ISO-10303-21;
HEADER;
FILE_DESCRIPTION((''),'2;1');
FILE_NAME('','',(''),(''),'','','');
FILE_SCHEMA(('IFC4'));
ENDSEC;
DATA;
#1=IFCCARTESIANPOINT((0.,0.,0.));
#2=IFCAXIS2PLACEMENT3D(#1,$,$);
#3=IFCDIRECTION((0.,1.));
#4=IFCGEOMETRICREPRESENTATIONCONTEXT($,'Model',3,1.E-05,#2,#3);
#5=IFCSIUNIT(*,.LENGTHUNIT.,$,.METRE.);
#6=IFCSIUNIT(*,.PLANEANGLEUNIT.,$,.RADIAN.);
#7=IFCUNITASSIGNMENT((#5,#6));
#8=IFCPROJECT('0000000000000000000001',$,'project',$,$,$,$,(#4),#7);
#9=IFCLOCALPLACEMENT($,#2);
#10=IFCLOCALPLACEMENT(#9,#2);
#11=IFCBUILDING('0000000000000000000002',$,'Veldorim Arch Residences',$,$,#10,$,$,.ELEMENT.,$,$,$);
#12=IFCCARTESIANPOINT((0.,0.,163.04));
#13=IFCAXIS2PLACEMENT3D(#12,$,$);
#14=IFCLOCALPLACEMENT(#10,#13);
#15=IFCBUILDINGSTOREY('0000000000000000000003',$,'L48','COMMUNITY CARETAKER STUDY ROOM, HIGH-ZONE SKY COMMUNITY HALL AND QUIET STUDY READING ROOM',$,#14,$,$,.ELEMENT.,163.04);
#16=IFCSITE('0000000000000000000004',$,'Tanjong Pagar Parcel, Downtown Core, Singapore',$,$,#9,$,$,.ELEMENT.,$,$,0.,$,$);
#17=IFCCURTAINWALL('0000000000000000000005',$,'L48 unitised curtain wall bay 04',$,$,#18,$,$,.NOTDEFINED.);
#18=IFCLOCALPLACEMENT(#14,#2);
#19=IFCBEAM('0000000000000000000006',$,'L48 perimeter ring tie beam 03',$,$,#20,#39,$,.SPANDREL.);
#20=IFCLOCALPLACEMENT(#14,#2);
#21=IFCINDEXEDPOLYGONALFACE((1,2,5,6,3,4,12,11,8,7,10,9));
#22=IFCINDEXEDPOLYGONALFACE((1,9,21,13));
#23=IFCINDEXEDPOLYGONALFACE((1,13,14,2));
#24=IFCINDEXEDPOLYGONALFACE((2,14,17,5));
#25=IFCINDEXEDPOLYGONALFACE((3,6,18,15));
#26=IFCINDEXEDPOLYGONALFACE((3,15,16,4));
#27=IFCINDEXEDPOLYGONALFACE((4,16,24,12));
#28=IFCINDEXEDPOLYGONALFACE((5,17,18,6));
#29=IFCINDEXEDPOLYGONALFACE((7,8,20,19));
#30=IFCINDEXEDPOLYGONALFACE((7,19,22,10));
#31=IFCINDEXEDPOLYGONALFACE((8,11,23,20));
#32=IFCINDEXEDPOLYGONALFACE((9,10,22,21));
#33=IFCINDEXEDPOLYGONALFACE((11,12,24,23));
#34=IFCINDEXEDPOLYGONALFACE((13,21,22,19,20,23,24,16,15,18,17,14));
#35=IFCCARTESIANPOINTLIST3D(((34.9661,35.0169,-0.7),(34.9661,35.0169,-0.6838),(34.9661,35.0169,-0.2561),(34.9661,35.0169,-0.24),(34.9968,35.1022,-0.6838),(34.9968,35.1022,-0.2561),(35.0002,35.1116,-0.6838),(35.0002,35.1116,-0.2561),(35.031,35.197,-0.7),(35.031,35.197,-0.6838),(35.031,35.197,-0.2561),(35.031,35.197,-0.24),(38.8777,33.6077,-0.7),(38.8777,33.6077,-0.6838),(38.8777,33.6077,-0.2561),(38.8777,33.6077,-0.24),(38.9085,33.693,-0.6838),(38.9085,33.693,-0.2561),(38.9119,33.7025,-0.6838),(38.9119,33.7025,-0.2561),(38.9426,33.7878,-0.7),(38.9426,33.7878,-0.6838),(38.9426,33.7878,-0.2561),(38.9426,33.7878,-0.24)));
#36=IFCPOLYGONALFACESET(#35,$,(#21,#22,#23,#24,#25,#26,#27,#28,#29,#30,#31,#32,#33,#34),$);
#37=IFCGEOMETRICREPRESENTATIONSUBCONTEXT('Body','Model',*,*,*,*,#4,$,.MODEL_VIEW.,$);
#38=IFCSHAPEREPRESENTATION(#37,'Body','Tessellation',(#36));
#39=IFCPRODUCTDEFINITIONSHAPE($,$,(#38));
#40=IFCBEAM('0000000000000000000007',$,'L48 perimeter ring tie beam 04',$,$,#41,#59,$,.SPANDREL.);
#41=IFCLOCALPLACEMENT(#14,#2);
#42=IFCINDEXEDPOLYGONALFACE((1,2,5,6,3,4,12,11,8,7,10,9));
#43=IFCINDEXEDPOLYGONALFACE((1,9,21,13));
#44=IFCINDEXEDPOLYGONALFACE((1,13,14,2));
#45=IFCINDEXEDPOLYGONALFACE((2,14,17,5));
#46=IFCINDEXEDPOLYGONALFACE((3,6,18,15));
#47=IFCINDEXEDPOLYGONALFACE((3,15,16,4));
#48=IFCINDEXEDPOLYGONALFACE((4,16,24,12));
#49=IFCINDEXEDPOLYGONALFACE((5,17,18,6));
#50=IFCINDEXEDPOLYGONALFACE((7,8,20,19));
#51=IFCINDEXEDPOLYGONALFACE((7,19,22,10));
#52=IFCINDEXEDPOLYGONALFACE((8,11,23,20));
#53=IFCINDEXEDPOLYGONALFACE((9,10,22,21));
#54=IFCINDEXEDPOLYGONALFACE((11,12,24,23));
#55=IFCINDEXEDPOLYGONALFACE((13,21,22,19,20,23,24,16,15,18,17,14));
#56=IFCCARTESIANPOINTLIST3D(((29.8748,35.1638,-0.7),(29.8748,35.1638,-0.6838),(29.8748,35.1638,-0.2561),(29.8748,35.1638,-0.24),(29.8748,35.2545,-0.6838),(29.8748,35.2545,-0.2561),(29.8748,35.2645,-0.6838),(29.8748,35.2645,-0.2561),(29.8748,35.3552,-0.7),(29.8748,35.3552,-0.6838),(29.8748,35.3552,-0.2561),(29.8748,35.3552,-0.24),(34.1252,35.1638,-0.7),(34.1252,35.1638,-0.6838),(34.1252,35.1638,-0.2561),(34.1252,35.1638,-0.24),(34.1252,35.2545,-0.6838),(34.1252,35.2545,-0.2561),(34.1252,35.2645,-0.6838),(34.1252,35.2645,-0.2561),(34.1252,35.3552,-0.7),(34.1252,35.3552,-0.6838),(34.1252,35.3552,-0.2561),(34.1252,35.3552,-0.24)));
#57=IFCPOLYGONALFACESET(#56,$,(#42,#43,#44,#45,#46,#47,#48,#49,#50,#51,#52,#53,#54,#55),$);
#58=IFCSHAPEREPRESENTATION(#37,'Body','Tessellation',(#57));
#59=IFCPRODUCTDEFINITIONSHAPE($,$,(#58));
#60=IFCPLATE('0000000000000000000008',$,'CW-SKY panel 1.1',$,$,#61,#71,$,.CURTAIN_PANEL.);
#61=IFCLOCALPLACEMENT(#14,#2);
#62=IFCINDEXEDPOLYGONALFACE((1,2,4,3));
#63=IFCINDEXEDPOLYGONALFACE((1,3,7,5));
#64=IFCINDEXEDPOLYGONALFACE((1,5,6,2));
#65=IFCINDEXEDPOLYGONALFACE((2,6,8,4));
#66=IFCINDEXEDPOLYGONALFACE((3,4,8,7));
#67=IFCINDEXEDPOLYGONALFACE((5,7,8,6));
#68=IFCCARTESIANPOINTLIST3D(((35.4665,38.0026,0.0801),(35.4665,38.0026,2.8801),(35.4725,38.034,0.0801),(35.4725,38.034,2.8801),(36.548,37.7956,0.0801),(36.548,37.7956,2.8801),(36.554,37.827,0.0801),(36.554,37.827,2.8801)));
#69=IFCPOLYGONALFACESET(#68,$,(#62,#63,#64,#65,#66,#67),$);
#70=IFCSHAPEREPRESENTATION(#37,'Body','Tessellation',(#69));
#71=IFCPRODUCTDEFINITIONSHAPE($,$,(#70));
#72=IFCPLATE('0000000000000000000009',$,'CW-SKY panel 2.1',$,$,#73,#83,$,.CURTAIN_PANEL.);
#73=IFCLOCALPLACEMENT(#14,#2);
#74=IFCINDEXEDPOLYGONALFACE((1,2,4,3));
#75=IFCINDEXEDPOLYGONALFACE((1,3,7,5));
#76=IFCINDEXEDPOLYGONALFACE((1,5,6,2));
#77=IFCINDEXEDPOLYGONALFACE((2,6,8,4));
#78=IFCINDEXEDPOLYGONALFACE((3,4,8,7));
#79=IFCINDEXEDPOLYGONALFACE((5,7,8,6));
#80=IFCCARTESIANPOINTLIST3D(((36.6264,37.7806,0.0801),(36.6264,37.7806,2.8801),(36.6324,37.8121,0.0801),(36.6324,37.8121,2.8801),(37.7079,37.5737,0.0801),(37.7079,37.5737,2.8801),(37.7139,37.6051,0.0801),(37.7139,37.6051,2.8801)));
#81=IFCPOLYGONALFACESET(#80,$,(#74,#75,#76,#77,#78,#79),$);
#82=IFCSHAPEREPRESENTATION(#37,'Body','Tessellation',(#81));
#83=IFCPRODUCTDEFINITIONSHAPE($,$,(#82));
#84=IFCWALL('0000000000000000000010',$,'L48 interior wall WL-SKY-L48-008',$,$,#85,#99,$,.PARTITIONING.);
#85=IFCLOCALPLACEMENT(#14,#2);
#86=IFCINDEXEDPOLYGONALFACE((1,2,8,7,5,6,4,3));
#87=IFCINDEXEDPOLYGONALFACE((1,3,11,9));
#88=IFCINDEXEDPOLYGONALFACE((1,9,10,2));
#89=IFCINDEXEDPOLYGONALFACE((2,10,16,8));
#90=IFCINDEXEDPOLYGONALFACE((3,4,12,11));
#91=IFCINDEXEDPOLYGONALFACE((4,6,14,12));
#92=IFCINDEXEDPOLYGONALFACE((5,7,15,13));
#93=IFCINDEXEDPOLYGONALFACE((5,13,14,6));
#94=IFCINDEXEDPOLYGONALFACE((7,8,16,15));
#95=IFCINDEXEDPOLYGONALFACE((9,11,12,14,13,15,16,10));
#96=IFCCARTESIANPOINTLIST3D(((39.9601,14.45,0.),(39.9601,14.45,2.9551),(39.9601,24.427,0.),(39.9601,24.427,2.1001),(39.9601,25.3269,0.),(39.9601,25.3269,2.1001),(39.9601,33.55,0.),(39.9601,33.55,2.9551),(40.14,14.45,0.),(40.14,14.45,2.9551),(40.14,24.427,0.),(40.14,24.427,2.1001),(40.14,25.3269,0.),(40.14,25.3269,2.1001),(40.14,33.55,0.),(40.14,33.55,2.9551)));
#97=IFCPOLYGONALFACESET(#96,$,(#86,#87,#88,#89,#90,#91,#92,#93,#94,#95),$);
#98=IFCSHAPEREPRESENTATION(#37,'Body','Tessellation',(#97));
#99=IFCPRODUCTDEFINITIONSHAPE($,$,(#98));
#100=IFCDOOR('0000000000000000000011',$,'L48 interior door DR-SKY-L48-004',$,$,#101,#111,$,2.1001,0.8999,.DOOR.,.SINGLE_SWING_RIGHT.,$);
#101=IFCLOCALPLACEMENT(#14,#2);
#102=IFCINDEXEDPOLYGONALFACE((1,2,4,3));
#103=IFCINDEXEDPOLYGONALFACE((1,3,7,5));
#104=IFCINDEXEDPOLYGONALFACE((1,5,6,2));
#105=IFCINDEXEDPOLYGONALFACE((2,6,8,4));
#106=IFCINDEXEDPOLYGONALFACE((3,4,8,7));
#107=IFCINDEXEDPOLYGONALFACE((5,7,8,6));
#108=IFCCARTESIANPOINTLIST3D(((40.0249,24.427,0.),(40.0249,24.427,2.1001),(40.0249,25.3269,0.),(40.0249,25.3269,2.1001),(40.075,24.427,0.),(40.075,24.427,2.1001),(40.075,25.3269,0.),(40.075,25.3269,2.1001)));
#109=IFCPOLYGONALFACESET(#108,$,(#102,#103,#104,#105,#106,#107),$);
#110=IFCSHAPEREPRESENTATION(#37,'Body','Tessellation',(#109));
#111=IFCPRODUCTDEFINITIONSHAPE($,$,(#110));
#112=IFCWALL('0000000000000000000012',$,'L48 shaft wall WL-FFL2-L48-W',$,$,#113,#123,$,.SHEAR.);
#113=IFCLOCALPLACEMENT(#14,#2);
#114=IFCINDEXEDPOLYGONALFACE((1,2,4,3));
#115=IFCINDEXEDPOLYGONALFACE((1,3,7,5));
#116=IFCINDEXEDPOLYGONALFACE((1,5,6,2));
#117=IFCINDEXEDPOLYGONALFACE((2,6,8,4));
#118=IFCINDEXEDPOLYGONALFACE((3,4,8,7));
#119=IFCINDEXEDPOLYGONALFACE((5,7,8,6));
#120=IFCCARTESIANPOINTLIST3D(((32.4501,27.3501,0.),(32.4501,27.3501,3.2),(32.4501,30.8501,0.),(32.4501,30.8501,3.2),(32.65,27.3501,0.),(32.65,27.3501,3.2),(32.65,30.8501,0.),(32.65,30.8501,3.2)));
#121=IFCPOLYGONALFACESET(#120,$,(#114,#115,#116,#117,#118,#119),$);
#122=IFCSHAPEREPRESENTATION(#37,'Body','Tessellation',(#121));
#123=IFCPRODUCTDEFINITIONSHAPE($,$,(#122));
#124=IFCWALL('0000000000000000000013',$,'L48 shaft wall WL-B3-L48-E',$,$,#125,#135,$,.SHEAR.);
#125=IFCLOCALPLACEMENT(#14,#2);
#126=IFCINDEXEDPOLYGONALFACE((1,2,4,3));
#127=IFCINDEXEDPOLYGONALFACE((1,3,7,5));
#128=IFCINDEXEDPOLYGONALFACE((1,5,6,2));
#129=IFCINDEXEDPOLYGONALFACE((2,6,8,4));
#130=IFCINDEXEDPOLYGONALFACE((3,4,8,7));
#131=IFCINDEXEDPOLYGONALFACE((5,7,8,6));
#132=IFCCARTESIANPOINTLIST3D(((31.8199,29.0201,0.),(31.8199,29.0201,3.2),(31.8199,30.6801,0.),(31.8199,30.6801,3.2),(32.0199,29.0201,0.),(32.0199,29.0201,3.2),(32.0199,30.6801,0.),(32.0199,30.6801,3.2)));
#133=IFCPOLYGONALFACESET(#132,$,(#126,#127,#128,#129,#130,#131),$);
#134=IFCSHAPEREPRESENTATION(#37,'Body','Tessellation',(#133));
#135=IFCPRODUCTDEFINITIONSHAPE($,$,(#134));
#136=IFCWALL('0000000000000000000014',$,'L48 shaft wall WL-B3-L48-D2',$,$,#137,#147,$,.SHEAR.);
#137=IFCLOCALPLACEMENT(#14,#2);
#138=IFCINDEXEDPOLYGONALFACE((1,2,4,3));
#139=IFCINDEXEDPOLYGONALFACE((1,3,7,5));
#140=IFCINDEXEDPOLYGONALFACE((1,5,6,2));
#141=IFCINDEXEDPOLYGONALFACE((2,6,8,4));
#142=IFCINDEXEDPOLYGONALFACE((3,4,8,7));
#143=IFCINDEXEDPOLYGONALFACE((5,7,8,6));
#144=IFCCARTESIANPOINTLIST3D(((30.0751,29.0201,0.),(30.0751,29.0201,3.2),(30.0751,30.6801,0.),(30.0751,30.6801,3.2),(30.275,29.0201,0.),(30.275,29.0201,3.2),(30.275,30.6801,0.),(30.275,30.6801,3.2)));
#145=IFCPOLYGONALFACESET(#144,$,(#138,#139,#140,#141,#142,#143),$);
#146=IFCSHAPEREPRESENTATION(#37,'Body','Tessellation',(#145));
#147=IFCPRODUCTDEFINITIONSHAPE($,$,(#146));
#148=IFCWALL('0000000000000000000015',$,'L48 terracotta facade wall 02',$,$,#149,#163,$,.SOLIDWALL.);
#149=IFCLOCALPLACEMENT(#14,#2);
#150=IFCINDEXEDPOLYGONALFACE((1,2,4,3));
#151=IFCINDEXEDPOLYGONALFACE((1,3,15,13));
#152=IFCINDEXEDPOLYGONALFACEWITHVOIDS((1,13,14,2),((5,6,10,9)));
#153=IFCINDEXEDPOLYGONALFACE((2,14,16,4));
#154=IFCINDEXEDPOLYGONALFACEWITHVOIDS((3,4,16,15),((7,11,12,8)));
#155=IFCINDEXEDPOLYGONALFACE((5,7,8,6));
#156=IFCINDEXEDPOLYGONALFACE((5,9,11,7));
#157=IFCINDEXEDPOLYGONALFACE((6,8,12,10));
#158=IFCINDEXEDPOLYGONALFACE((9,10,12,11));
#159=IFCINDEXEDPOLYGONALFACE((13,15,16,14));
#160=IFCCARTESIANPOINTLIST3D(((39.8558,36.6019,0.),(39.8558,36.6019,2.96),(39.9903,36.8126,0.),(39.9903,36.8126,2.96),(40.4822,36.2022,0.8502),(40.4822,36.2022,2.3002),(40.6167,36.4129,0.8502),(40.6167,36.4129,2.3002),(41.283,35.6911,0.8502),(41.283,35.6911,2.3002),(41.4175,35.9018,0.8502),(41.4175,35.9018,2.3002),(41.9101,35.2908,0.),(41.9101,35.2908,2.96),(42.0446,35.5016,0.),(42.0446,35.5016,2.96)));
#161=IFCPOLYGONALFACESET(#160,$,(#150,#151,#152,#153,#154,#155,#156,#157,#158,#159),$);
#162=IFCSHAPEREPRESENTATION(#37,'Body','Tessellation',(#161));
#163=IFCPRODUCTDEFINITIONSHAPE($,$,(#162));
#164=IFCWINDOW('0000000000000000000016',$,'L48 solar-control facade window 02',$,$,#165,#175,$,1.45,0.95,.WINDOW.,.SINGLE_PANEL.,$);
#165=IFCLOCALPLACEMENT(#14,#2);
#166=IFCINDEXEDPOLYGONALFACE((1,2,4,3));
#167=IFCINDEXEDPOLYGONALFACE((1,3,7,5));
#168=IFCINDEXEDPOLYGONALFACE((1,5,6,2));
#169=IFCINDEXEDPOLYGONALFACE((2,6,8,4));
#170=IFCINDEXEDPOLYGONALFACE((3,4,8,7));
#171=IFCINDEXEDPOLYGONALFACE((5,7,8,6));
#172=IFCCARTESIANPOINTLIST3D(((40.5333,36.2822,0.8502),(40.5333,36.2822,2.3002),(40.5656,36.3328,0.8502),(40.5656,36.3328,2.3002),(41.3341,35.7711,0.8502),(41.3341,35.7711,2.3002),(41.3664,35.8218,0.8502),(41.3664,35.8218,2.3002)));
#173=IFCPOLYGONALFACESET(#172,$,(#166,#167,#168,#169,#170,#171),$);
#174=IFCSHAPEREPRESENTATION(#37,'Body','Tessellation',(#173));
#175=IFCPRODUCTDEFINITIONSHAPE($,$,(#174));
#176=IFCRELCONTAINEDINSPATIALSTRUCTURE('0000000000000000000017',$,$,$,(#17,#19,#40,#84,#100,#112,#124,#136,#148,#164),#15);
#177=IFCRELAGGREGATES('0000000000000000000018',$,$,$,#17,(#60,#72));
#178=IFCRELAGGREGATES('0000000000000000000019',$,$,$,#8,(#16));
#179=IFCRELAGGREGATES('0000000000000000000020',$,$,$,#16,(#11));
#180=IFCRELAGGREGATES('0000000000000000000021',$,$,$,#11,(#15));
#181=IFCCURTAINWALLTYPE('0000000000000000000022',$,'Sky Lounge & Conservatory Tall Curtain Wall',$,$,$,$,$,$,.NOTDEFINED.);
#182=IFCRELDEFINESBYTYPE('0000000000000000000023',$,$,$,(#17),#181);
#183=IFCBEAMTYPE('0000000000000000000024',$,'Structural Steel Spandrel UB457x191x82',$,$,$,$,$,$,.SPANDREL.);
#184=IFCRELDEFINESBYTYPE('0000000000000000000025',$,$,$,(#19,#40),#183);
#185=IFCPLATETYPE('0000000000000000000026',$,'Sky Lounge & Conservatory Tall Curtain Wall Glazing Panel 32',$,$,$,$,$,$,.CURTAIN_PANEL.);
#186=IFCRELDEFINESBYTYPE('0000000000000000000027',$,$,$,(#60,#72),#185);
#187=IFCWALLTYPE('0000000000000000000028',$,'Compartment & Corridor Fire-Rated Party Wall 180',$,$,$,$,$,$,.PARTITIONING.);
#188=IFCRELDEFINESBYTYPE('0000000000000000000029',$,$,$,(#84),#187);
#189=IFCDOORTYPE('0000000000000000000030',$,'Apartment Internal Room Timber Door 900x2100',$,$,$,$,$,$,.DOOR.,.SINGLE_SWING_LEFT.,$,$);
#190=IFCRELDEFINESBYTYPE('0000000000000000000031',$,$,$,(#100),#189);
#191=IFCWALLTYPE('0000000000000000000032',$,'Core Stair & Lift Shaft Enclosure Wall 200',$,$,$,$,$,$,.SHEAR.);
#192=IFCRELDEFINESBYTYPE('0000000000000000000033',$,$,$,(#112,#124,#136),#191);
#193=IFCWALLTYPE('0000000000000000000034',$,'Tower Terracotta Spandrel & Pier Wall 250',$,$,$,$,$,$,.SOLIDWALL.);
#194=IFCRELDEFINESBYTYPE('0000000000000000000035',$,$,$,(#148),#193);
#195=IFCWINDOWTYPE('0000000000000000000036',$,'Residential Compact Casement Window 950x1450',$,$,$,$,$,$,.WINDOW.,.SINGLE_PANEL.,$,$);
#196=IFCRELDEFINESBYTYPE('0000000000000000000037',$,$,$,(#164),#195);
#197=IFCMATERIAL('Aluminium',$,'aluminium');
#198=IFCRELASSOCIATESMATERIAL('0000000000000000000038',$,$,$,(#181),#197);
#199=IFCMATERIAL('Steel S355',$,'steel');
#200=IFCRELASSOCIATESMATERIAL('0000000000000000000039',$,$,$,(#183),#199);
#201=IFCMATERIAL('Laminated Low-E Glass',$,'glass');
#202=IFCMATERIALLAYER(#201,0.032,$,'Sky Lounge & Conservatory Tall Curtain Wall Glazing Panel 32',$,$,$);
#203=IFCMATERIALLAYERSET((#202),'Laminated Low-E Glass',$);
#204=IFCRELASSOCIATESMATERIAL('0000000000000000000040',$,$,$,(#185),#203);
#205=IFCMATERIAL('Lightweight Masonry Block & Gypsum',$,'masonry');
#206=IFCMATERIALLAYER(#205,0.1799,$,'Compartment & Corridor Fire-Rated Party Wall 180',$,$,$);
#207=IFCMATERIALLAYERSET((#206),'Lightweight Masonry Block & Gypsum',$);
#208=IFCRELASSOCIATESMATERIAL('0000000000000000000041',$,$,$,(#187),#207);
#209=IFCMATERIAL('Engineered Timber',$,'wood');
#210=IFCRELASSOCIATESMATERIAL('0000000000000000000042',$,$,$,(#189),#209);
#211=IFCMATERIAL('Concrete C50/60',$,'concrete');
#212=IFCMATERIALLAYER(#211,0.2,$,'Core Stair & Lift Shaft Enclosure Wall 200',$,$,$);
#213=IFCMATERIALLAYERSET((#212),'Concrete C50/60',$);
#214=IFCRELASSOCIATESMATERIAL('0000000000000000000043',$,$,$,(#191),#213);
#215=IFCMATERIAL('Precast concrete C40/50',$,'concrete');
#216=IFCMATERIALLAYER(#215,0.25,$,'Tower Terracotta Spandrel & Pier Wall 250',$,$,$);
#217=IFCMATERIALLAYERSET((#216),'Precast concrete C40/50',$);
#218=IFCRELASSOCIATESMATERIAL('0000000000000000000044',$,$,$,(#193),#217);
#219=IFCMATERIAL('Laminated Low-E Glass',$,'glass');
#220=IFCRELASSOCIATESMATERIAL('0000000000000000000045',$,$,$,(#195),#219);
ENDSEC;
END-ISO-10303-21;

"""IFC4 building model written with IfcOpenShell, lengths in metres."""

from ifc_helpers import new_model, si_unit, direction, frame, frame_2d, origin, origin_2d, place, context, subcontext, project, spatial, rectangle, i_section, extrude, material, layer, layer_set, material_profile, profile_set, type_object, element, fill, aggregate, save


model = new_model("IFC4")

# Units and contexts
model_context = context("Model", 3, precision=1e-05, world=origin(), true_north=direction((0.0, 1.0)))
body_context = subcontext(model_context, "Body", "Model", "MODEL_VIEW")
ifc_project = project(units=[si_unit("LENGTHUNIT", "METRE"), si_unit("PLANEANGLEUNIT", "RADIAN")], contexts=[model_context])

# Site, building, storey
site_placement = place(None, origin())
site = spatial("IfcSite", under=ifc_project, at=site_placement, Name="Tanjong Pagar Parcel, Downtown Core, Singapore", CompositionType="ELEMENT", RefElevation=0.0)
building_placement = place(site_placement, origin())
building = spatial("IfcBuilding", under=site, at=building_placement, Name="Veldorim Arch Residences", CompositionType="ELEMENT")
storey_placement = place(building_placement, frame((0.0, 0.0, 163.04)))
storey = spatial("IfcBuildingStorey", under=building, at=storey_placement, Name="L48", Description="COMMUNITY CARETAKER STUDY ROOM, HIGH-ZONE SKY COMMUNITY HALL AND QUIET STUDY READING ROOM", CompositionType="ELEMENT", Elevation=163.04)

# Curtain wall
ifc_material_1 = material(Name="Aluminium", Category="aluminium")
curtain_wall_type = type_object("IfcCurtainWallType", Name="Sky Lounge & Conservatory Tall Curtain Wall", PredefinedType="NOTDEFINED", material=ifc_material_1)
curtain_wall_1_placement = place(storey_placement, origin())
curtain_wall_1 = element("IfcCurtainWall", 1, at=curtain_wall_1_placement, inside=storey, type_object=curtain_wall_type, Name="L48 unitised curtain wall bay 04", PredefinedType="NOTDEFINED")

# Beams
ifc_material_2 = material(Name="Steel S355", Category="steel")
ifc_material_profile_1 = material_profile(ifc_material_2, i_section(OverallWidth=0.1914, OverallDepth=0.46, WebThickness=0.01, FlangeThickness=0.0161, at=origin_2d()), Name="UB457x191x82")
ifc_profile_set_1 = profile_set([ifc_material_profile_1], Name="Steel S355")
beam_type = type_object("IfcBeamType", Name="Structural Steel Spandrel UB457x191x82", PredefinedType="SPANDREL", material=ifc_profile_set_1)
beam_1_placement = place(storey_placement, frame((38.9102, 33.6978, -0.47), z_axis=(-0.940811, 0.338932, 0.0), x_axis=(-0.338932, -0.940811, 0.0)))
element("IfcBeam", 2, at=beam_1_placement, inside=storey, type_object=beam_type, Name="L48 perimeter ring tie beam 03", PredefinedType="SPANDREL", context=body_context, shape_type="SweptSolid", body=[
    extrude(i_section(OverallWidth=0.1914, OverallDepth=0.46, WebThickness=0.01, FlangeThickness=0.0161, at=origin_2d()), origin(), (0.0, 0.0, 1.0), 4.1577),
])
beam_2_placement = place(storey_placement, frame((34.1252, 35.2595, -0.47), z_axis=(-1.0, 0.0, 0.0), x_axis=(0.0, -1.0, 0.0)))
element("IfcBeam", 3, at=beam_2_placement, inside=storey, type_object=beam_type, Name="L48 perimeter ring tie beam 04", PredefinedType="SPANDREL", context=body_context, shape_type="SweptSolid", body=[
    extrude(i_section(OverallWidth=0.1914, OverallDepth=0.46, WebThickness=0.01, FlangeThickness=0.0161, at=origin_2d()), origin(), (0.0, 0.0, 1.0), 4.2505),
])

# Plates
ifc_material_3 = material(Name="Laminated Low-E Glass", Category="glass")
ifc_layer_1 = layer(ifc_material_3, 0.032, Name="Sky Lounge & Conservatory Tall Curtain Wall Glazing Panel 32")
ifc_layer_set_1 = layer_set([ifc_layer_1], Name="Laminated Low-E Glass")
plate_type = type_object("IfcPlateType", Name="Sky Lounge & Conservatory Tall Curtain Wall Glazing Panel 32", PredefinedType="CURTAIN_PANEL", material=ifc_layer_set_1)
plate_1_placement = place(storey_placement, frame((36.0103, 37.9148, 0.0801), z_axis=(0.0, 0.0, 1.0), x_axis=(0.982177, -0.187959, 0.0)))
plate_1 = element("IfcPlate", 4, at=plate_1_placement, type_object=plate_type, Name="CW-SKY panel 1.1", PredefinedType="CURTAIN_PANEL", context=body_context, shape_type="SweptSolid", body=[
    extrude(rectangle(XDim=1.1011, YDim=0.032, at=origin_2d()), origin(), (0.0, 0.0, 1.0), 2.8),
])
plate_2_placement = place(storey_placement, frame((37.1702, 37.6929, 0.0801), z_axis=(0.0, 0.0, 1.0), x_axis=(0.982177, -0.187959, 0.0)))
plate_2 = element("IfcPlate", 5, at=plate_2_placement, type_object=plate_type, Name="CW-SKY panel 2.1", PredefinedType="CURTAIN_PANEL", context=body_context, shape_type="SweptSolid", body=[
    extrude(rectangle(XDim=1.1011, YDim=0.032, at=origin_2d()), origin(), (0.0, 0.0, 1.0), 2.8),
])
aggregate(curtain_wall_1, [plate_1, plate_2])

# Wall, opening, door
ifc_material_4 = material(Name="Lightweight Masonry Block & Gypsum", Category="masonry")
ifc_layer_2 = layer(ifc_material_4, 0.1799, Name="Compartment & Corridor Fire-Rated Party Wall 180")
ifc_layer_set_2 = layer_set([ifc_layer_2], Name="Lightweight Masonry Block & Gypsum")
wall_type_1 = type_object("IfcWallType", Name="Compartment & Corridor Fire-Rated Party Wall 180", PredefinedType="PARTITIONING", material=ifc_layer_set_2)
wall_1_placement = place(storey_placement, frame((40.05, 33.55, 0.0), z_axis=(0.0, 0.0, 1.0), x_axis=(0.0, -1.0, 0.0)))
wall_1 = element("IfcWall", 6, at=wall_1_placement, inside=storey, type_object=wall_type_1, Name="L48 interior wall WL-SKY-L48-008", PredefinedType="PARTITIONING", context=body_context, shape_type="SweptSolid", body=[
    extrude(rectangle(XDim=19.1001, YDim=0.1799, at=frame_2d((9.55, 0.0))), origin(), (0.0, 0.0, 1.0), 2.9551),
])
opening_1_placement = place(wall_1_placement, frame((8.2231, 0.0, 0.0)))
opening_1 = element("IfcOpeningElement", 7, at=opening_1_placement, cuts=wall_1, PredefinedType="OPENING", context=body_context, shape_type="SweptSolid", body=[
    extrude(rectangle(XDim=0.8999, YDim=2.1001, at=frame_2d((0.45, 1.05))), frame((0.0, 0.0999, 0.0), z_axis=(0.0, -1.0, 0.0), x_axis=(1.0, 0.0, 0.0)), (0.0, 0.0, 1.0), 0.2),
])
ifc_material_5 = material(Name="Engineered Timber", Category="wood")
door_type_1 = type_object("IfcDoorType", Name="Apartment Internal Room Timber Door 900x2100", OperationType="SINGLE_SWING_LEFT", PredefinedType="DOOR", material=ifc_material_5)
door_1_placement = place(opening_1_placement, origin())
door_1 = element("IfcDoor", 8, at=door_1_placement, inside=storey, type_object=door_type_1, Name="L48 interior door DR-SKY-L48-004", OperationType="SINGLE_SWING_RIGHT", OverallHeight=2.1001, OverallWidth=0.8999, PredefinedType="DOOR", context=body_context, shape_type="SweptSolid", body=[
    extrude(rectangle(XDim=0.8999, YDim=2.1001, at=frame_2d((0.45, 1.05))), frame((0.0, 0.0249, 0.0), z_axis=(0.0, -1.0, 0.0), x_axis=(1.0, 0.0, 0.0)), (0.0, 0.0, 1.0), 0.05),
])
fill(opening_1, door_1)
ifc_material_6 = material(Name="Concrete C50/60", Category="concrete")
ifc_layer_3 = layer(ifc_material_6, 0.2, Name="Core Stair & Lift Shaft Enclosure Wall 200")
ifc_layer_set_3 = layer_set([ifc_layer_3], Name="Concrete C50/60")
wall_type_2 = type_object("IfcWallType", Name="Core Stair & Lift Shaft Enclosure Wall 200", PredefinedType="SHEAR", material=ifc_layer_set_3)

# Wall
wall_2_placement = place(storey_placement, frame((32.55, 27.3501, 0.0), z_axis=(0.0, 0.0, 1.0), x_axis=(0.0, 1.0, 0.0)))
element("IfcWall", 9, at=wall_2_placement, inside=storey, type_object=wall_type_2, Name="L48 shaft wall WL-FFL2-L48-W", PredefinedType="SHEAR", context=body_context, shape_type="SweptSolid", body=[
    extrude(rectangle(XDim=3.5, YDim=0.2, at=frame_2d((1.75, 0.0))), origin(), (0.0, 0.0, 1.0), 3.2),
])

# Walls
for number, where, z_axis, x_axis, name in (
    (10, (31.9199, 29.02, 0.0), (0.0, 0.0, 1.0), (0.0, 1.0, 0.0), "L48 shaft wall WL-B3-L48-E"),
    (11, (30.175, 29.02, 0.0), (0.0, 0.0, 1.0), (0.0, 1.0, 0.0), "L48 shaft wall WL-B3-L48-D2"),
):
    element("IfcWall", number, at=place(storey_placement, frame(where, z_axis=z_axis, x_axis=x_axis)), inside=storey, type_object=wall_type_2, Name=name, PredefinedType="SHEAR", context=body_context, shape_type="SweptSolid", body=[
        extrude(rectangle(XDim=1.6599, YDim=0.2, at=frame_2d((0.8301, 0.0))), origin(), (0.0, 0.0, 1.0), 3.2),
    ])

# Wall, opening, window
ifc_material_7 = material(Name="Precast concrete C40/50", Category="concrete")
ifc_layer_4 = layer(ifc_material_7, 0.25, Name="Tower Terracotta Spandrel & Pier Wall 250")
ifc_layer_set_4 = layer_set([ifc_layer_4], Name="Precast concrete C40/50")
wall_type_3 = type_object("IfcWallType", Name="Tower Terracotta Spandrel & Pier Wall 250", PredefinedType="SOLIDWALL", material=ifc_layer_set_4)
wall_3_placement = place(storey_placement, frame((39.9231, 36.7073, 0.0), z_axis=(0.0, 0.0, 1.0), x_axis=(0.842951, -0.53799, 0.0)))
wall_3 = element("IfcWall", 12, at=wall_3_placement, inside=storey, type_object=wall_type_3, Name="L48 terracotta facade wall 02", PredefinedType="SOLIDWALL", context=body_context, shape_type="SweptSolid", body=[
    extrude(rectangle(XDim=2.437, YDim=0.25, at=frame_2d((1.2185, 0.0))), origin(), (0.0, 0.0, 1.0), 2.96),
])
opening_2_placement = place(wall_3_placement, frame((0.7429, 0.0, 0.8501)))
opening_2 = element("IfcOpeningElement", 13, at=opening_2_placement, cuts=wall_3, PredefinedType="OPENING", context=body_context, shape_type="SweptSolid", body=[
    extrude(rectangle(XDim=0.95, YDim=1.45, at=frame_2d((0.4751, 0.7251))), frame((0.0, 0.135, 0.0), z_axis=(0.0, -1.0, 0.0), x_axis=(1.0, 0.0, 0.0)), (0.0, 0.0, 1.0), 0.27),
])
ifc_material_8 = material(Name="Laminated Low-E Glass", Category="glass")
window_type_1 = type_object("IfcWindowType", Name="Residential Compact Casement Window 950x1450", PartitioningType="SINGLE_PANEL", PredefinedType="WINDOW", material=ifc_material_8)
window_1_placement = place(opening_2_placement, origin())
window_1 = element("IfcWindow", 14, at=window_1_placement, inside=storey, type_object=window_type_1, Name="L48 solar-control facade window 02", OverallHeight=1.45, OverallWidth=0.95, PartitioningType="SINGLE_PANEL", PredefinedType="WINDOW", context=body_context, shape_type="SweptSolid", body=[
    extrude(rectangle(XDim=0.95, YDim=1.45, at=frame_2d((0.4751, 0.7251))), frame((0.0, 0.03, 0.0), z_axis=(0.0, -1.0, 0.0), x_axis=(1.0, 0.0, 0.0)), (0.0, 0.0, 1.0), 0.0601),
])
fill(opening_2, window_1)

save(model, "model.ifc")
